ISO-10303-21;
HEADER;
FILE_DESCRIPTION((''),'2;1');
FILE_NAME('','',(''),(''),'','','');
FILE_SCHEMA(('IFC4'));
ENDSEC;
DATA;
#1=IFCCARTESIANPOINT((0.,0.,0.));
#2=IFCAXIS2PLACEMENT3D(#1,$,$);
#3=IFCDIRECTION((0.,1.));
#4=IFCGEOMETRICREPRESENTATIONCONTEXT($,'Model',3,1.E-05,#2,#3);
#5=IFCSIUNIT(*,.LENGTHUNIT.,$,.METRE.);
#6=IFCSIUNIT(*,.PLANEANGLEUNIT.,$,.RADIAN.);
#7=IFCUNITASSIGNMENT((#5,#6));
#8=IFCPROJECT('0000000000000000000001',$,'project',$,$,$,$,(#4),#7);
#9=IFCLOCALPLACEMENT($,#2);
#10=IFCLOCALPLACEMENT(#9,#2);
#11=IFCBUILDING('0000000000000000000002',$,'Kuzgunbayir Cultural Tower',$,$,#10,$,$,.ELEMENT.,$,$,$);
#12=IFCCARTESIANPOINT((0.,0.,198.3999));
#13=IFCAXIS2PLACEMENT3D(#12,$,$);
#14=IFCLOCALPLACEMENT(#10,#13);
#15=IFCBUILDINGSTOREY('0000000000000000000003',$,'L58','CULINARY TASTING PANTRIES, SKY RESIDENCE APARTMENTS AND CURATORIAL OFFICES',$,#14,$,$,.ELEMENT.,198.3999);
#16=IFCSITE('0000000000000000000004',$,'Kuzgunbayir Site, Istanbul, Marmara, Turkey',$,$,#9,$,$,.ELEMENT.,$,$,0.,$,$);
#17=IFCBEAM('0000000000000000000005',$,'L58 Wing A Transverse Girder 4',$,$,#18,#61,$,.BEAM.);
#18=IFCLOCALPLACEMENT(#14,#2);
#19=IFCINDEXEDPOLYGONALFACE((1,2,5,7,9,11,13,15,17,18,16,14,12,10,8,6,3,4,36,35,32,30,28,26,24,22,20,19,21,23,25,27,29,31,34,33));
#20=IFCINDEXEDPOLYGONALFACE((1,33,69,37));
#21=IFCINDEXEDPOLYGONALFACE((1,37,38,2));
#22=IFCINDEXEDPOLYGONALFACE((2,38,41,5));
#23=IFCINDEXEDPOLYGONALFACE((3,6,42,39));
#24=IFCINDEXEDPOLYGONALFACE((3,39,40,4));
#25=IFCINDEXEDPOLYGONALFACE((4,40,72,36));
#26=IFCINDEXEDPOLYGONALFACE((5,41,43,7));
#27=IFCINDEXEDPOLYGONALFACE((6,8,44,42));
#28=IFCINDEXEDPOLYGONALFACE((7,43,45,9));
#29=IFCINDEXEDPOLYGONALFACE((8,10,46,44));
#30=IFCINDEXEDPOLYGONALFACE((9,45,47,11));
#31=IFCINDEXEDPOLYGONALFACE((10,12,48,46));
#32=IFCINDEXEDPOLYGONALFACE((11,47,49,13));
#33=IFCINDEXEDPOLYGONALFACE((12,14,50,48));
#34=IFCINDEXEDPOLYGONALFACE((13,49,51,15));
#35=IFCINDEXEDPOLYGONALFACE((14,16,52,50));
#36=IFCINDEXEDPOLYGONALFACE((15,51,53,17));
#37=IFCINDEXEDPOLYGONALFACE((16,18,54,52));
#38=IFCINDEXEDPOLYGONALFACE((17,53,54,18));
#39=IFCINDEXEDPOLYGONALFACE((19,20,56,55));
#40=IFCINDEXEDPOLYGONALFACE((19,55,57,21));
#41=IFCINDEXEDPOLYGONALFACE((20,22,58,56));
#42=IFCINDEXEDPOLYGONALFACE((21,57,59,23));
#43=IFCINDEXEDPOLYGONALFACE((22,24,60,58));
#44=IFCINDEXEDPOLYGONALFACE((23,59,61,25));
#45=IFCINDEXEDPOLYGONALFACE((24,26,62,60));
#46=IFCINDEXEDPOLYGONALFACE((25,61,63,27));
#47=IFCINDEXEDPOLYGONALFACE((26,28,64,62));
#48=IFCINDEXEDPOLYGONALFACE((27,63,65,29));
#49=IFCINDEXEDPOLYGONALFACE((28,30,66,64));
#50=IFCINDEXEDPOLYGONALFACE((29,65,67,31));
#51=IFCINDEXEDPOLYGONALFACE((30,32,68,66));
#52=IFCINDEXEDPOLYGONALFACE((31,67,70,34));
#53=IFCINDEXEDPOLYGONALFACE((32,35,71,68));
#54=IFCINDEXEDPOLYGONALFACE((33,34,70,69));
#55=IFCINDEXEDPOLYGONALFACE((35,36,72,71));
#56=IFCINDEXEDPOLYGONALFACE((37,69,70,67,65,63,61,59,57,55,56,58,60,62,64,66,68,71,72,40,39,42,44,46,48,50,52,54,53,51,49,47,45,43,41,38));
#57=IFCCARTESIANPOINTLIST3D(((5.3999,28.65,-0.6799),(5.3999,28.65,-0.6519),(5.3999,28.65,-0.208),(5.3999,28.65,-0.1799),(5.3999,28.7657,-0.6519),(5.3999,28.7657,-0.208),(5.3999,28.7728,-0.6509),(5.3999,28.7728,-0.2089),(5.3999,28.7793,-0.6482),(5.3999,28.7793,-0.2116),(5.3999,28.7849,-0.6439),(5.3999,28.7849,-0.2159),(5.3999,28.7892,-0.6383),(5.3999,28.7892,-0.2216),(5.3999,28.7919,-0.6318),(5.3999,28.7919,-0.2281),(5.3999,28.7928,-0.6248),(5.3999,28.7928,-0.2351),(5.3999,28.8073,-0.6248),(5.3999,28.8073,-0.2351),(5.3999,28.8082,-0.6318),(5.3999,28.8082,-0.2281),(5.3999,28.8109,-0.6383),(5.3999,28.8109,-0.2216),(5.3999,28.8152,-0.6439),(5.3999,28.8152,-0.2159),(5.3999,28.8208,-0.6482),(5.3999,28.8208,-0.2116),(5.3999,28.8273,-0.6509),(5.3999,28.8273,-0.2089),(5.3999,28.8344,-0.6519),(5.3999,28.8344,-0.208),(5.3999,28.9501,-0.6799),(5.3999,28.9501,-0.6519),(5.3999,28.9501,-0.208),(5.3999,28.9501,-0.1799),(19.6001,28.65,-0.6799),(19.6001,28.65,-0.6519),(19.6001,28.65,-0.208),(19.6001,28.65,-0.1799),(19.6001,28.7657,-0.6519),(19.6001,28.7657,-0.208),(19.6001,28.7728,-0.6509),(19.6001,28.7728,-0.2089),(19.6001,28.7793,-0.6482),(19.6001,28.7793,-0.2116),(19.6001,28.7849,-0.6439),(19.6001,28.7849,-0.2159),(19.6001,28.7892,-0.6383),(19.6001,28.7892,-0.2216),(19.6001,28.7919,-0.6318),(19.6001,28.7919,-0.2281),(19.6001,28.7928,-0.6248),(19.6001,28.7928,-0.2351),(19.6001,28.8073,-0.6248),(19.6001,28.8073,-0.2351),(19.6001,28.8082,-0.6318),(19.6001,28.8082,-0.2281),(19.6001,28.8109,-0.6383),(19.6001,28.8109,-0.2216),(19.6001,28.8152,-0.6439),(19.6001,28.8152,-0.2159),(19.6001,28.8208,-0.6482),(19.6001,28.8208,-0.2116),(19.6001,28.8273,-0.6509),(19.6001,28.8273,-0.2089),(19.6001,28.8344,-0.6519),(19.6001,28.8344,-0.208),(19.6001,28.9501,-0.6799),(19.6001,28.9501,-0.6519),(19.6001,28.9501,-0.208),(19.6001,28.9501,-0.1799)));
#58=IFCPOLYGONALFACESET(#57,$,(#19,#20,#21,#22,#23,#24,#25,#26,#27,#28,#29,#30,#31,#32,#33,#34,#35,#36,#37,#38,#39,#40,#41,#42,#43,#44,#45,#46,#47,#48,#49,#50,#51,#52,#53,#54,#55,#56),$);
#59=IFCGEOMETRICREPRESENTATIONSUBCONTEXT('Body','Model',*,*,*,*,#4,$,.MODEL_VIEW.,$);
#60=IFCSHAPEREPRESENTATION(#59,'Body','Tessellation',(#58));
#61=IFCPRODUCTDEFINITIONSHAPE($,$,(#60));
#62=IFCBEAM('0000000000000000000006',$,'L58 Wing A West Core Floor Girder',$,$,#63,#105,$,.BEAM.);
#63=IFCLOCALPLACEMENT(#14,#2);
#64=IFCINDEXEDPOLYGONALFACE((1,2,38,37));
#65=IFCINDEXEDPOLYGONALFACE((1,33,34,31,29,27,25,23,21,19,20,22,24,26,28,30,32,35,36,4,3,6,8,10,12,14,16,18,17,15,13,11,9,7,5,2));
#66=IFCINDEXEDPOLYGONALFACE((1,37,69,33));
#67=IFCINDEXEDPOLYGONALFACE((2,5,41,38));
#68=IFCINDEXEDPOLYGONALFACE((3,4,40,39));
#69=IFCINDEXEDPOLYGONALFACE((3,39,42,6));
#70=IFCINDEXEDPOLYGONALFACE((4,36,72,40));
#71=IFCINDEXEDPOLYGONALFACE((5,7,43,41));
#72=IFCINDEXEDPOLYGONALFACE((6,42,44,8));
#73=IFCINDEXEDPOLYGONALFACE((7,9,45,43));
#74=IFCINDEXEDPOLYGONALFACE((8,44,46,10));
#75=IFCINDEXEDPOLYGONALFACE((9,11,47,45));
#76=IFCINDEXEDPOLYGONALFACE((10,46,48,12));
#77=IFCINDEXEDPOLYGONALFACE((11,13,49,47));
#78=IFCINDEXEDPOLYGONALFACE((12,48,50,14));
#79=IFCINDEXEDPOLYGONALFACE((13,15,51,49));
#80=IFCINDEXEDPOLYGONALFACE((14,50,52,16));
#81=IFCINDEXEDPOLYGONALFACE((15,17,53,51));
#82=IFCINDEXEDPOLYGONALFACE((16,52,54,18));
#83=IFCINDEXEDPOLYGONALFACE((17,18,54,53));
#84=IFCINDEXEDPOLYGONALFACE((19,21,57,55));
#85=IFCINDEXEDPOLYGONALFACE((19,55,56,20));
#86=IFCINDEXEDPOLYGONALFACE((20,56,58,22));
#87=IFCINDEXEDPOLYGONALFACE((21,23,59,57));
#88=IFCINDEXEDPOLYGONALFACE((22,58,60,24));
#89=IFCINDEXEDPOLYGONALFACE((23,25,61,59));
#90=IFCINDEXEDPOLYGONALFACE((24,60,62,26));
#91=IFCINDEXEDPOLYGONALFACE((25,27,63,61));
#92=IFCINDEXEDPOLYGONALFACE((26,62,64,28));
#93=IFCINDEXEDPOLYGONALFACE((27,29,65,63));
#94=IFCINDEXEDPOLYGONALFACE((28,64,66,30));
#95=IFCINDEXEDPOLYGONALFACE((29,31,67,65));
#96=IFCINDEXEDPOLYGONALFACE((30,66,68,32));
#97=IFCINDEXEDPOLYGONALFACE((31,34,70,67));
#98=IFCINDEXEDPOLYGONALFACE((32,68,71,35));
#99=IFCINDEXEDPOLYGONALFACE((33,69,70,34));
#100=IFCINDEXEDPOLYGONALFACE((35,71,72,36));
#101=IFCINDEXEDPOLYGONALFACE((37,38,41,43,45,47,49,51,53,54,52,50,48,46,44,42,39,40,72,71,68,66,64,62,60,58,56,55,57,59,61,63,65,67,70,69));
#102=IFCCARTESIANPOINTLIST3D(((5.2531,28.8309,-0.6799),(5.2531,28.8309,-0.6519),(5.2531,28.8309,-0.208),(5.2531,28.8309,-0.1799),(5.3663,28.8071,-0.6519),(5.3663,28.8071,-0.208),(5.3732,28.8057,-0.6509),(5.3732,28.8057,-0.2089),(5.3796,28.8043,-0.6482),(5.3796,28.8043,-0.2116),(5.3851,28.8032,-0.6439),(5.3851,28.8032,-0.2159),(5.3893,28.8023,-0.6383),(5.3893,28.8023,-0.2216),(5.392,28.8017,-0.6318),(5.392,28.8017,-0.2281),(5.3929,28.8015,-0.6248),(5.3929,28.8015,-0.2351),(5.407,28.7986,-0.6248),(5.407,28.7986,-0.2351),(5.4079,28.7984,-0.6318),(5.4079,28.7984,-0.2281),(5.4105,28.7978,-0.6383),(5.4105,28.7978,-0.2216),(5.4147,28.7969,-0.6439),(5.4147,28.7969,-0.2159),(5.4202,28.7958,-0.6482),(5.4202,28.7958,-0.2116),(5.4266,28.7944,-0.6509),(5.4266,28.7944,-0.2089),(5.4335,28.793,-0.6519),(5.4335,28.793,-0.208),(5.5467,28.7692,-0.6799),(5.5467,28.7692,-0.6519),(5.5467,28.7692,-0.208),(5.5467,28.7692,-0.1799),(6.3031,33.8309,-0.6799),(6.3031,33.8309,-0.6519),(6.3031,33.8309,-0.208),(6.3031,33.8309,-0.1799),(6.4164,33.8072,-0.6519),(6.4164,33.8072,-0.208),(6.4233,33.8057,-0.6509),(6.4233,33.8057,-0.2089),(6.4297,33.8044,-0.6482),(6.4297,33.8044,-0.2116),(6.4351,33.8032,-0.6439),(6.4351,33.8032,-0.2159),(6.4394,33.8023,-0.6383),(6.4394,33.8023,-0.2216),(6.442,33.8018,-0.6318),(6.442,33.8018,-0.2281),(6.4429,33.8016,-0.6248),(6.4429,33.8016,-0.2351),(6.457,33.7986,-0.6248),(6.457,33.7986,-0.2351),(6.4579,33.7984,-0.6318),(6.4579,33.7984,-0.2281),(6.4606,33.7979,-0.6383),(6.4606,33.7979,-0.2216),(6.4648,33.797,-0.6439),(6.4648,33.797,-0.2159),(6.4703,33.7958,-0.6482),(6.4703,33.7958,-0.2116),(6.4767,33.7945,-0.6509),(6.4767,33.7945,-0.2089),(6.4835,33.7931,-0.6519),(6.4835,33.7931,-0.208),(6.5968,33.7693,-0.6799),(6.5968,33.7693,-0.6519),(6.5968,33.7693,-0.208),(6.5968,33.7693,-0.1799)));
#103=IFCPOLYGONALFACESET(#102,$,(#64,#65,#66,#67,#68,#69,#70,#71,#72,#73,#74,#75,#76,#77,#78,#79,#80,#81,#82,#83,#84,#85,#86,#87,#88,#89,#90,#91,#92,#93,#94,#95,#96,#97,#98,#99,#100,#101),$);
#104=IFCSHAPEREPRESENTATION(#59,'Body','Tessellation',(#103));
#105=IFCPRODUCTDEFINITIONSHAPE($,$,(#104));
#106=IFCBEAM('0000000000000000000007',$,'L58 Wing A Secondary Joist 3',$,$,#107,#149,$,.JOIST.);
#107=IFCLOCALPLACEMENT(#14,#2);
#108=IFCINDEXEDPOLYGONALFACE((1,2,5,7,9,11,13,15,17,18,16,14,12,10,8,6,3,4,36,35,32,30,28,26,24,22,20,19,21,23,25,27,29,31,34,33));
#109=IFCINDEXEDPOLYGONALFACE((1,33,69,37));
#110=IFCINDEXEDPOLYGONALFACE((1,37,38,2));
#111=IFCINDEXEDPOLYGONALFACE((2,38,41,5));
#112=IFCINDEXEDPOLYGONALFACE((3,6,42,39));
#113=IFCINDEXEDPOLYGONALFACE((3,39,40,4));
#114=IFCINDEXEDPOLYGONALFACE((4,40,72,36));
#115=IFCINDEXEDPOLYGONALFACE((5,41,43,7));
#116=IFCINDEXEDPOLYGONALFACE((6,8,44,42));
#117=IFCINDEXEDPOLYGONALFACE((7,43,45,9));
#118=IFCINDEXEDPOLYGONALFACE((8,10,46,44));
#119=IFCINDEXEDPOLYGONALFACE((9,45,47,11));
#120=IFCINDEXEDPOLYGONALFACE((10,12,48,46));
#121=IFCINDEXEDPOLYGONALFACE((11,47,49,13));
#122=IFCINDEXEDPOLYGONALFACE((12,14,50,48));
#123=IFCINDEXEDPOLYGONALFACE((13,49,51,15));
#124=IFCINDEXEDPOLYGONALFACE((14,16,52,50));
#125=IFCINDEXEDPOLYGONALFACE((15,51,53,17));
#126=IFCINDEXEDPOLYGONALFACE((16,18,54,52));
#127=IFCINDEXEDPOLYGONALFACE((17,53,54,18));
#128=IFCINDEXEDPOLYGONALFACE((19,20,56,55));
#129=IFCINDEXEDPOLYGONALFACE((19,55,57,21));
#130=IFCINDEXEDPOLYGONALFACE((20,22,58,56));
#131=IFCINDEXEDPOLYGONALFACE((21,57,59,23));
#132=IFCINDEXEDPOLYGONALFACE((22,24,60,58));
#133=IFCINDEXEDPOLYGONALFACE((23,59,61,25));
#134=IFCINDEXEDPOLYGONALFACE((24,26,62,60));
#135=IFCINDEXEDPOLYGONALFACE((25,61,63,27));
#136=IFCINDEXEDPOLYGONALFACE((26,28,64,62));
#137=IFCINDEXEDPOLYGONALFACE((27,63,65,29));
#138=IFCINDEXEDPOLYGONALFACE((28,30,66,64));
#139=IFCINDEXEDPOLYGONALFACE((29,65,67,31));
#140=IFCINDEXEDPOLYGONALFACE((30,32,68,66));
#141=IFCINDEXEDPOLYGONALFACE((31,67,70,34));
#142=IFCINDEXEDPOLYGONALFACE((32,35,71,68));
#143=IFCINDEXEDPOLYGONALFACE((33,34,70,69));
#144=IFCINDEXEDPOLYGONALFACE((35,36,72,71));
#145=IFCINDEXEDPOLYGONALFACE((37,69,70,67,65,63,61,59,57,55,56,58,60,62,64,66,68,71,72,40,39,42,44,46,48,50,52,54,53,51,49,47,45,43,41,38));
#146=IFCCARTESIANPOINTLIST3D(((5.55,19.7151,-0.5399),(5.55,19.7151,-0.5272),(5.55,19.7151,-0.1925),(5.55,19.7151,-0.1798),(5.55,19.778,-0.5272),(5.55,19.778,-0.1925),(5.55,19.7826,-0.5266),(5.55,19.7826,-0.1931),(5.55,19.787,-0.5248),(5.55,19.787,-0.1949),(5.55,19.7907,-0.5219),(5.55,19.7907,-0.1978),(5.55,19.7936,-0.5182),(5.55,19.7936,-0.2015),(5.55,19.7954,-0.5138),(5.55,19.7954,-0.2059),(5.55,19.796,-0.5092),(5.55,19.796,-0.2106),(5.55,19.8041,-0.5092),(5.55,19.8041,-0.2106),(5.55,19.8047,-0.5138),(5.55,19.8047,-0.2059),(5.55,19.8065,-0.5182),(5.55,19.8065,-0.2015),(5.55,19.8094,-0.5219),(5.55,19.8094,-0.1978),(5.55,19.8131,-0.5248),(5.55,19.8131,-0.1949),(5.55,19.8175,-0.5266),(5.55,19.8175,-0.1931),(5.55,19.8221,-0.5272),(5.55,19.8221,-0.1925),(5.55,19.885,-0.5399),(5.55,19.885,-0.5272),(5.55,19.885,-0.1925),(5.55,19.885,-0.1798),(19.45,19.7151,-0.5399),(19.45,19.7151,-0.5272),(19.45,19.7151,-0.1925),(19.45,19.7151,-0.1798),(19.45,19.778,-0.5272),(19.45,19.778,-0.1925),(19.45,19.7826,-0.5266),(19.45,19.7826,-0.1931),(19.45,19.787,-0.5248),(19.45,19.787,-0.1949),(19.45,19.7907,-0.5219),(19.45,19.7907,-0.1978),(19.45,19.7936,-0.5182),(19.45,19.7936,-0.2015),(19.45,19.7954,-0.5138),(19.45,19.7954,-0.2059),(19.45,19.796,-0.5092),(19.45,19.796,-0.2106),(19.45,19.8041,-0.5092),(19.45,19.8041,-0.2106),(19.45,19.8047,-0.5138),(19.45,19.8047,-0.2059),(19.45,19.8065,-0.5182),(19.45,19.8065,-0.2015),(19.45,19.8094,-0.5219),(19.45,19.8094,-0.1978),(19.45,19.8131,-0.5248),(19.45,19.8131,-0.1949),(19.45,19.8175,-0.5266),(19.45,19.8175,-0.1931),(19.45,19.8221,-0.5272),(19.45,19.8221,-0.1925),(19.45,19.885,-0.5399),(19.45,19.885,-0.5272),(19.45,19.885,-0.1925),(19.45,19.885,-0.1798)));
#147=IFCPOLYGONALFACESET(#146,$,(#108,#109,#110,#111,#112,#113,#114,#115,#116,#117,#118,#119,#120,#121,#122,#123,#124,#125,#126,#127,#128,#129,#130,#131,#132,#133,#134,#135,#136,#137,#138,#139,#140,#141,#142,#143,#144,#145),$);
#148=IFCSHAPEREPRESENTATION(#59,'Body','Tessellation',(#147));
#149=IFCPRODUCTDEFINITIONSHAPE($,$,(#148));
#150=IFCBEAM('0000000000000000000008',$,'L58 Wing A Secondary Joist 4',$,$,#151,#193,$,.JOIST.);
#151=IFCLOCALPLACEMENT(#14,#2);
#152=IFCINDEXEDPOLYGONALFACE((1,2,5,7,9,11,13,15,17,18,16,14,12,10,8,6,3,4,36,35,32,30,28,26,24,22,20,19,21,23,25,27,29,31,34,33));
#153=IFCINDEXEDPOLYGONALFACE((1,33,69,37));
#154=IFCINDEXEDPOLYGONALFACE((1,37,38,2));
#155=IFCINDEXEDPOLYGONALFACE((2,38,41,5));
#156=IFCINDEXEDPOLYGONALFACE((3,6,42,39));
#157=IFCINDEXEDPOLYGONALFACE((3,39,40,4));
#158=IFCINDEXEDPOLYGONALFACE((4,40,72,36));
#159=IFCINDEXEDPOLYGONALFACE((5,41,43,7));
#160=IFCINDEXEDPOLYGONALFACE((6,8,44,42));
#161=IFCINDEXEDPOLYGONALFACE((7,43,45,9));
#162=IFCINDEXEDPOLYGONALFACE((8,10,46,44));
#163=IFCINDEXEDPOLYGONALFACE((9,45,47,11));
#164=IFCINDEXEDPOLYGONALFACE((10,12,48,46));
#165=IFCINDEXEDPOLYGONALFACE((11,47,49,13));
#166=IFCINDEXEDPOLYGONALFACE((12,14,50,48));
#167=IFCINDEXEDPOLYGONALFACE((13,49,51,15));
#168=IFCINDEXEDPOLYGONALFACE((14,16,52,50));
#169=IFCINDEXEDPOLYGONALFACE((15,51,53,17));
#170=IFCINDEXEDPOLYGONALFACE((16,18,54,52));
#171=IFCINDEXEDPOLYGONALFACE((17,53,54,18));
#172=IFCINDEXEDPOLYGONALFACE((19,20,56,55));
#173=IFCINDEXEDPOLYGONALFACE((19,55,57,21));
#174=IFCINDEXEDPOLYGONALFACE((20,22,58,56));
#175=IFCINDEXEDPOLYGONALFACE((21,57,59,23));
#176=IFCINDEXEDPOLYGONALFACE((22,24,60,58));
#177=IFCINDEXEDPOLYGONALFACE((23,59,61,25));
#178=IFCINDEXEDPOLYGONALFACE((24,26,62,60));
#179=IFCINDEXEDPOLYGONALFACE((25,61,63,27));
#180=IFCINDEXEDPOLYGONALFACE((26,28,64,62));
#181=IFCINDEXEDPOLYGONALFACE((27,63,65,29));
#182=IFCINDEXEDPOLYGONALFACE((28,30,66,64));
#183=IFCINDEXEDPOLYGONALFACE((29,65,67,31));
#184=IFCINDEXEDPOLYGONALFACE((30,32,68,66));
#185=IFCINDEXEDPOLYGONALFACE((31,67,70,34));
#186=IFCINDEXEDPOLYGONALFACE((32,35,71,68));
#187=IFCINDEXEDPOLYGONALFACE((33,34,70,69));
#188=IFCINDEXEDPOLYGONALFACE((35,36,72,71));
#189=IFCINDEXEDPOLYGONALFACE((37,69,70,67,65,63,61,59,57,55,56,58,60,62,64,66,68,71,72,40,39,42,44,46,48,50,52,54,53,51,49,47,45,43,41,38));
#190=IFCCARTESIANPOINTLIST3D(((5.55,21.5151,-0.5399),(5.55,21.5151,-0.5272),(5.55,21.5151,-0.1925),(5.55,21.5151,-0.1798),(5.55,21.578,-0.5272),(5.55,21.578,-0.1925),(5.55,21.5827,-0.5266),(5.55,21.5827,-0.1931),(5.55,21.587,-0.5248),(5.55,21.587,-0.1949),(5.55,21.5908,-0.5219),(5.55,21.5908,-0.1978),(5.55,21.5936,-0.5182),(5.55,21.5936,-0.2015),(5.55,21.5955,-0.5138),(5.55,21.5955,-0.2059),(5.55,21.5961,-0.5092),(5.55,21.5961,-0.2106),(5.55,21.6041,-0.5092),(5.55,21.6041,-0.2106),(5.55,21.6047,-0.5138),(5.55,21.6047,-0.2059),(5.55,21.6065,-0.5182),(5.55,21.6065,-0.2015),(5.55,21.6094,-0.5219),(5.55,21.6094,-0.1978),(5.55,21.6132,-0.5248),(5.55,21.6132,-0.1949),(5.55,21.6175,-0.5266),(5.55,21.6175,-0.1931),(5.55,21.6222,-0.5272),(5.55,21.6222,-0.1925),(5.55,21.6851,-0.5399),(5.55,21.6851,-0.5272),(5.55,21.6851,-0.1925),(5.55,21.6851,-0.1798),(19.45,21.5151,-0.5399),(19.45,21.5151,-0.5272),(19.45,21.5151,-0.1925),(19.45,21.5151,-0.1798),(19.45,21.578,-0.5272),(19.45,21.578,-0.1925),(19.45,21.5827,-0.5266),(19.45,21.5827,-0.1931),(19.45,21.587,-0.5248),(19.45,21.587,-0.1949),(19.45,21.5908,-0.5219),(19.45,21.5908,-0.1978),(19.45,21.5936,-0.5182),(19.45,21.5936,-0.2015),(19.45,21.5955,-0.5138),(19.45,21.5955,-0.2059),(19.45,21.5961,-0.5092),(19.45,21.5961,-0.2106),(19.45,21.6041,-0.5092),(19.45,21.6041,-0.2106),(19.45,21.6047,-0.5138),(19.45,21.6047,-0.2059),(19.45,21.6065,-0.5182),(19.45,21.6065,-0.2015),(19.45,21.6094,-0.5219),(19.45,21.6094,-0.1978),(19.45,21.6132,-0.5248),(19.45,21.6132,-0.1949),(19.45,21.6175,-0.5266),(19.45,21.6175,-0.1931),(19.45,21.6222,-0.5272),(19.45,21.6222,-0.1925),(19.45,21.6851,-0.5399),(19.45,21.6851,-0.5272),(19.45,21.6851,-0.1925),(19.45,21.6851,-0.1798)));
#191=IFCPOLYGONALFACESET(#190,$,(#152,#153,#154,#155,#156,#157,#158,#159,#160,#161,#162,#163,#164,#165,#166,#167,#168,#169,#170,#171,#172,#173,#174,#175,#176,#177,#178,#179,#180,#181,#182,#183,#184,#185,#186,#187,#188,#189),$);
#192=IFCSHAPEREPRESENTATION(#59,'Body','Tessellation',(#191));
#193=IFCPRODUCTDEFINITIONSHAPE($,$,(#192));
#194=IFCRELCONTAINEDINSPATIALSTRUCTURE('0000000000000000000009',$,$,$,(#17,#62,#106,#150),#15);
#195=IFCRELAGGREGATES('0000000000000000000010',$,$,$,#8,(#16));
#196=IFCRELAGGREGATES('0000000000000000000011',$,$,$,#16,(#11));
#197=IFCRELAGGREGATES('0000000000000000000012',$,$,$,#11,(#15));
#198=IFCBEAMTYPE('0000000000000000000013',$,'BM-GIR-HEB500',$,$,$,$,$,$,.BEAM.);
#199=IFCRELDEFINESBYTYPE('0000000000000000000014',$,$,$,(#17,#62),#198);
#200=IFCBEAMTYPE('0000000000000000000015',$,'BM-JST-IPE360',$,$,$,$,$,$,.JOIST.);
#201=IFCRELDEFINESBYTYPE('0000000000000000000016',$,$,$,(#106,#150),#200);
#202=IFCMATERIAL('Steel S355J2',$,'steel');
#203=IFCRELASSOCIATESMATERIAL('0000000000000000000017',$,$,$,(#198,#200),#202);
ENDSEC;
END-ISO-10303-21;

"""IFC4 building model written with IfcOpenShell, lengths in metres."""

from ifc_helpers import new_model, si_unit, direction, frame, origin, origin_2d, place, context, subcontext, project, spatial, i_section, extrude, material, material_profile, profile_set, type_object, element, save


model = new_model("IFC4")

# Units and contexts
model_context = context("Model", 3, precision=1e-05, world=origin(), true_north=direction((0.0, 1.0)))
body_context = subcontext(model_context, "Body", "Model", "MODEL_VIEW")
ifc_project = project(units=[si_unit("LENGTHUNIT", "METRE"), si_unit("PLANEANGLEUNIT", "RADIAN")], contexts=[model_context])

# Site, building, storey
site_placement = place(None, origin())
site = spatial("IfcSite", under=ifc_project, at=site_placement, Name="Kuzgunbayir Site, Istanbul, Marmara, Turkey", CompositionType="ELEMENT", RefElevation=0.0)
building_placement = place(site_placement, origin())
building = spatial("IfcBuilding", under=site, at=building_placement, Name="Kuzgunbayir Cultural Tower", CompositionType="ELEMENT")
storey_placement = place(building_placement, frame((0.0, 0.0, 198.3999)))
storey = spatial("IfcBuildingStorey", under=building, at=storey_placement, Name="L58", Description="CULINARY TASTING PANTRIES, SKY RESIDENCE APARTMENTS AND CURATORIAL OFFICES", CompositionType="ELEMENT", Elevation=198.3999)

# Beams
ifc_material_1 = material(Name="Steel S355J2", Category="steel")
ifc_material_profile_1 = material_profile(ifc_material_1, i_section(OverallWidth=0.3, OverallDepth=0.5, WebThickness=0.0144, FlangeThickness=0.0281, FilletRadius=0.0271, at=origin_2d()), Name="HEB 500")
ifc_profile_set_1 = profile_set([ifc_material_profile_1], Name="Steel S355J2")
beam_type_1 = type_object("IfcBeamType", Name="BM-GIR-HEB500", PredefinedType="BEAM", material=ifc_profile_set_1)
for number, where, z_axis, x_axis, name in (
    (1, (5.3999, 28.8, -0.4299), (1.0, 0.0, 0.0), (0.0, 1.0, 0.0), "L58 Wing A Transverse Girder 4"),
):
    element("IfcBeam", number, at=place(storey_placement, frame(where, z_axis=z_axis, x_axis=x_axis)), inside=storey, type_object=beam_type_1, Name=name, PredefinedType="BEAM", context=body_context, shape_type="SweptSolid", body=[
        extrude(i_section(OverallWidth=0.3, OverallDepth=0.5, WebThickness=0.0144, FlangeThickness=0.0281, FilletRadius=0.0271, at=origin_2d()), origin(), (0.0, 0.0, 1.0), 14.2002),
    ])
beam_1_placement = place(storey_placement, frame((5.3999, 28.8, -0.4299), z_axis=(0.205526, 0.978652, 0.0), x_axis=(-0.978652, 0.205526, 0.0)))
element("IfcBeam", 2, at=beam_1_placement, inside=storey, type_object=beam_type_1, Name="L58 Wing A West Core Floor Girder", PredefinedType="BEAM", context=body_context, shape_type="SweptSolid", body=[
    extrude(i_section(OverallWidth=0.3, OverallDepth=0.5, WebThickness=0.0144, FlangeThickness=0.0281, FilletRadius=0.0271, at=origin_2d()), origin(), (0.0, 0.0, 1.0), 5.1091),
])
ifc_material_profile_2 = material_profile(ifc_material_1, i_section(OverallWidth=0.1699, OverallDepth=0.3601, WebThickness=0.0081, FlangeThickness=0.0127, FilletRadius=0.0181, at=origin_2d()), Name="IPE 360")
ifc_profile_set_2 = profile_set([ifc_material_profile_2], Name="Steel S355J2")
beam_type_2 = type_object("IfcBeamType", Name="BM-JST-IPE360", PredefinedType="JOIST", material=ifc_profile_set_2)
for number, where, z_axis, x_axis, name in (
    (3, (5.55, 19.8, -0.3599), (1.0, 0.0, 0.0), (0.0, 1.0, 0.0), "L58 Wing A Secondary Joist 3"),
    (4, (5.55, 21.6001, -0.3599), (1.0, 0.0, 0.0), (0.0, 1.0, 0.0), "L58 Wing A Secondary Joist 4"),
):
    element("IfcBeam", number, at=place(storey_placement, frame(where, z_axis=z_axis, x_axis=x_axis)), inside=storey, type_object=beam_type_2, Name=name, PredefinedType="JOIST", context=body_context, shape_type="SweptSolid", body=[
        extrude(i_section(OverallWidth=0.1699, OverallDepth=0.3601, WebThickness=0.0081, FlangeThickness=0.0127, FilletRadius=0.0181, at=origin_2d()), origin(), (0.0, 0.0, 1.0), 13.8999),
    ])

save(model, "model.ifc")
